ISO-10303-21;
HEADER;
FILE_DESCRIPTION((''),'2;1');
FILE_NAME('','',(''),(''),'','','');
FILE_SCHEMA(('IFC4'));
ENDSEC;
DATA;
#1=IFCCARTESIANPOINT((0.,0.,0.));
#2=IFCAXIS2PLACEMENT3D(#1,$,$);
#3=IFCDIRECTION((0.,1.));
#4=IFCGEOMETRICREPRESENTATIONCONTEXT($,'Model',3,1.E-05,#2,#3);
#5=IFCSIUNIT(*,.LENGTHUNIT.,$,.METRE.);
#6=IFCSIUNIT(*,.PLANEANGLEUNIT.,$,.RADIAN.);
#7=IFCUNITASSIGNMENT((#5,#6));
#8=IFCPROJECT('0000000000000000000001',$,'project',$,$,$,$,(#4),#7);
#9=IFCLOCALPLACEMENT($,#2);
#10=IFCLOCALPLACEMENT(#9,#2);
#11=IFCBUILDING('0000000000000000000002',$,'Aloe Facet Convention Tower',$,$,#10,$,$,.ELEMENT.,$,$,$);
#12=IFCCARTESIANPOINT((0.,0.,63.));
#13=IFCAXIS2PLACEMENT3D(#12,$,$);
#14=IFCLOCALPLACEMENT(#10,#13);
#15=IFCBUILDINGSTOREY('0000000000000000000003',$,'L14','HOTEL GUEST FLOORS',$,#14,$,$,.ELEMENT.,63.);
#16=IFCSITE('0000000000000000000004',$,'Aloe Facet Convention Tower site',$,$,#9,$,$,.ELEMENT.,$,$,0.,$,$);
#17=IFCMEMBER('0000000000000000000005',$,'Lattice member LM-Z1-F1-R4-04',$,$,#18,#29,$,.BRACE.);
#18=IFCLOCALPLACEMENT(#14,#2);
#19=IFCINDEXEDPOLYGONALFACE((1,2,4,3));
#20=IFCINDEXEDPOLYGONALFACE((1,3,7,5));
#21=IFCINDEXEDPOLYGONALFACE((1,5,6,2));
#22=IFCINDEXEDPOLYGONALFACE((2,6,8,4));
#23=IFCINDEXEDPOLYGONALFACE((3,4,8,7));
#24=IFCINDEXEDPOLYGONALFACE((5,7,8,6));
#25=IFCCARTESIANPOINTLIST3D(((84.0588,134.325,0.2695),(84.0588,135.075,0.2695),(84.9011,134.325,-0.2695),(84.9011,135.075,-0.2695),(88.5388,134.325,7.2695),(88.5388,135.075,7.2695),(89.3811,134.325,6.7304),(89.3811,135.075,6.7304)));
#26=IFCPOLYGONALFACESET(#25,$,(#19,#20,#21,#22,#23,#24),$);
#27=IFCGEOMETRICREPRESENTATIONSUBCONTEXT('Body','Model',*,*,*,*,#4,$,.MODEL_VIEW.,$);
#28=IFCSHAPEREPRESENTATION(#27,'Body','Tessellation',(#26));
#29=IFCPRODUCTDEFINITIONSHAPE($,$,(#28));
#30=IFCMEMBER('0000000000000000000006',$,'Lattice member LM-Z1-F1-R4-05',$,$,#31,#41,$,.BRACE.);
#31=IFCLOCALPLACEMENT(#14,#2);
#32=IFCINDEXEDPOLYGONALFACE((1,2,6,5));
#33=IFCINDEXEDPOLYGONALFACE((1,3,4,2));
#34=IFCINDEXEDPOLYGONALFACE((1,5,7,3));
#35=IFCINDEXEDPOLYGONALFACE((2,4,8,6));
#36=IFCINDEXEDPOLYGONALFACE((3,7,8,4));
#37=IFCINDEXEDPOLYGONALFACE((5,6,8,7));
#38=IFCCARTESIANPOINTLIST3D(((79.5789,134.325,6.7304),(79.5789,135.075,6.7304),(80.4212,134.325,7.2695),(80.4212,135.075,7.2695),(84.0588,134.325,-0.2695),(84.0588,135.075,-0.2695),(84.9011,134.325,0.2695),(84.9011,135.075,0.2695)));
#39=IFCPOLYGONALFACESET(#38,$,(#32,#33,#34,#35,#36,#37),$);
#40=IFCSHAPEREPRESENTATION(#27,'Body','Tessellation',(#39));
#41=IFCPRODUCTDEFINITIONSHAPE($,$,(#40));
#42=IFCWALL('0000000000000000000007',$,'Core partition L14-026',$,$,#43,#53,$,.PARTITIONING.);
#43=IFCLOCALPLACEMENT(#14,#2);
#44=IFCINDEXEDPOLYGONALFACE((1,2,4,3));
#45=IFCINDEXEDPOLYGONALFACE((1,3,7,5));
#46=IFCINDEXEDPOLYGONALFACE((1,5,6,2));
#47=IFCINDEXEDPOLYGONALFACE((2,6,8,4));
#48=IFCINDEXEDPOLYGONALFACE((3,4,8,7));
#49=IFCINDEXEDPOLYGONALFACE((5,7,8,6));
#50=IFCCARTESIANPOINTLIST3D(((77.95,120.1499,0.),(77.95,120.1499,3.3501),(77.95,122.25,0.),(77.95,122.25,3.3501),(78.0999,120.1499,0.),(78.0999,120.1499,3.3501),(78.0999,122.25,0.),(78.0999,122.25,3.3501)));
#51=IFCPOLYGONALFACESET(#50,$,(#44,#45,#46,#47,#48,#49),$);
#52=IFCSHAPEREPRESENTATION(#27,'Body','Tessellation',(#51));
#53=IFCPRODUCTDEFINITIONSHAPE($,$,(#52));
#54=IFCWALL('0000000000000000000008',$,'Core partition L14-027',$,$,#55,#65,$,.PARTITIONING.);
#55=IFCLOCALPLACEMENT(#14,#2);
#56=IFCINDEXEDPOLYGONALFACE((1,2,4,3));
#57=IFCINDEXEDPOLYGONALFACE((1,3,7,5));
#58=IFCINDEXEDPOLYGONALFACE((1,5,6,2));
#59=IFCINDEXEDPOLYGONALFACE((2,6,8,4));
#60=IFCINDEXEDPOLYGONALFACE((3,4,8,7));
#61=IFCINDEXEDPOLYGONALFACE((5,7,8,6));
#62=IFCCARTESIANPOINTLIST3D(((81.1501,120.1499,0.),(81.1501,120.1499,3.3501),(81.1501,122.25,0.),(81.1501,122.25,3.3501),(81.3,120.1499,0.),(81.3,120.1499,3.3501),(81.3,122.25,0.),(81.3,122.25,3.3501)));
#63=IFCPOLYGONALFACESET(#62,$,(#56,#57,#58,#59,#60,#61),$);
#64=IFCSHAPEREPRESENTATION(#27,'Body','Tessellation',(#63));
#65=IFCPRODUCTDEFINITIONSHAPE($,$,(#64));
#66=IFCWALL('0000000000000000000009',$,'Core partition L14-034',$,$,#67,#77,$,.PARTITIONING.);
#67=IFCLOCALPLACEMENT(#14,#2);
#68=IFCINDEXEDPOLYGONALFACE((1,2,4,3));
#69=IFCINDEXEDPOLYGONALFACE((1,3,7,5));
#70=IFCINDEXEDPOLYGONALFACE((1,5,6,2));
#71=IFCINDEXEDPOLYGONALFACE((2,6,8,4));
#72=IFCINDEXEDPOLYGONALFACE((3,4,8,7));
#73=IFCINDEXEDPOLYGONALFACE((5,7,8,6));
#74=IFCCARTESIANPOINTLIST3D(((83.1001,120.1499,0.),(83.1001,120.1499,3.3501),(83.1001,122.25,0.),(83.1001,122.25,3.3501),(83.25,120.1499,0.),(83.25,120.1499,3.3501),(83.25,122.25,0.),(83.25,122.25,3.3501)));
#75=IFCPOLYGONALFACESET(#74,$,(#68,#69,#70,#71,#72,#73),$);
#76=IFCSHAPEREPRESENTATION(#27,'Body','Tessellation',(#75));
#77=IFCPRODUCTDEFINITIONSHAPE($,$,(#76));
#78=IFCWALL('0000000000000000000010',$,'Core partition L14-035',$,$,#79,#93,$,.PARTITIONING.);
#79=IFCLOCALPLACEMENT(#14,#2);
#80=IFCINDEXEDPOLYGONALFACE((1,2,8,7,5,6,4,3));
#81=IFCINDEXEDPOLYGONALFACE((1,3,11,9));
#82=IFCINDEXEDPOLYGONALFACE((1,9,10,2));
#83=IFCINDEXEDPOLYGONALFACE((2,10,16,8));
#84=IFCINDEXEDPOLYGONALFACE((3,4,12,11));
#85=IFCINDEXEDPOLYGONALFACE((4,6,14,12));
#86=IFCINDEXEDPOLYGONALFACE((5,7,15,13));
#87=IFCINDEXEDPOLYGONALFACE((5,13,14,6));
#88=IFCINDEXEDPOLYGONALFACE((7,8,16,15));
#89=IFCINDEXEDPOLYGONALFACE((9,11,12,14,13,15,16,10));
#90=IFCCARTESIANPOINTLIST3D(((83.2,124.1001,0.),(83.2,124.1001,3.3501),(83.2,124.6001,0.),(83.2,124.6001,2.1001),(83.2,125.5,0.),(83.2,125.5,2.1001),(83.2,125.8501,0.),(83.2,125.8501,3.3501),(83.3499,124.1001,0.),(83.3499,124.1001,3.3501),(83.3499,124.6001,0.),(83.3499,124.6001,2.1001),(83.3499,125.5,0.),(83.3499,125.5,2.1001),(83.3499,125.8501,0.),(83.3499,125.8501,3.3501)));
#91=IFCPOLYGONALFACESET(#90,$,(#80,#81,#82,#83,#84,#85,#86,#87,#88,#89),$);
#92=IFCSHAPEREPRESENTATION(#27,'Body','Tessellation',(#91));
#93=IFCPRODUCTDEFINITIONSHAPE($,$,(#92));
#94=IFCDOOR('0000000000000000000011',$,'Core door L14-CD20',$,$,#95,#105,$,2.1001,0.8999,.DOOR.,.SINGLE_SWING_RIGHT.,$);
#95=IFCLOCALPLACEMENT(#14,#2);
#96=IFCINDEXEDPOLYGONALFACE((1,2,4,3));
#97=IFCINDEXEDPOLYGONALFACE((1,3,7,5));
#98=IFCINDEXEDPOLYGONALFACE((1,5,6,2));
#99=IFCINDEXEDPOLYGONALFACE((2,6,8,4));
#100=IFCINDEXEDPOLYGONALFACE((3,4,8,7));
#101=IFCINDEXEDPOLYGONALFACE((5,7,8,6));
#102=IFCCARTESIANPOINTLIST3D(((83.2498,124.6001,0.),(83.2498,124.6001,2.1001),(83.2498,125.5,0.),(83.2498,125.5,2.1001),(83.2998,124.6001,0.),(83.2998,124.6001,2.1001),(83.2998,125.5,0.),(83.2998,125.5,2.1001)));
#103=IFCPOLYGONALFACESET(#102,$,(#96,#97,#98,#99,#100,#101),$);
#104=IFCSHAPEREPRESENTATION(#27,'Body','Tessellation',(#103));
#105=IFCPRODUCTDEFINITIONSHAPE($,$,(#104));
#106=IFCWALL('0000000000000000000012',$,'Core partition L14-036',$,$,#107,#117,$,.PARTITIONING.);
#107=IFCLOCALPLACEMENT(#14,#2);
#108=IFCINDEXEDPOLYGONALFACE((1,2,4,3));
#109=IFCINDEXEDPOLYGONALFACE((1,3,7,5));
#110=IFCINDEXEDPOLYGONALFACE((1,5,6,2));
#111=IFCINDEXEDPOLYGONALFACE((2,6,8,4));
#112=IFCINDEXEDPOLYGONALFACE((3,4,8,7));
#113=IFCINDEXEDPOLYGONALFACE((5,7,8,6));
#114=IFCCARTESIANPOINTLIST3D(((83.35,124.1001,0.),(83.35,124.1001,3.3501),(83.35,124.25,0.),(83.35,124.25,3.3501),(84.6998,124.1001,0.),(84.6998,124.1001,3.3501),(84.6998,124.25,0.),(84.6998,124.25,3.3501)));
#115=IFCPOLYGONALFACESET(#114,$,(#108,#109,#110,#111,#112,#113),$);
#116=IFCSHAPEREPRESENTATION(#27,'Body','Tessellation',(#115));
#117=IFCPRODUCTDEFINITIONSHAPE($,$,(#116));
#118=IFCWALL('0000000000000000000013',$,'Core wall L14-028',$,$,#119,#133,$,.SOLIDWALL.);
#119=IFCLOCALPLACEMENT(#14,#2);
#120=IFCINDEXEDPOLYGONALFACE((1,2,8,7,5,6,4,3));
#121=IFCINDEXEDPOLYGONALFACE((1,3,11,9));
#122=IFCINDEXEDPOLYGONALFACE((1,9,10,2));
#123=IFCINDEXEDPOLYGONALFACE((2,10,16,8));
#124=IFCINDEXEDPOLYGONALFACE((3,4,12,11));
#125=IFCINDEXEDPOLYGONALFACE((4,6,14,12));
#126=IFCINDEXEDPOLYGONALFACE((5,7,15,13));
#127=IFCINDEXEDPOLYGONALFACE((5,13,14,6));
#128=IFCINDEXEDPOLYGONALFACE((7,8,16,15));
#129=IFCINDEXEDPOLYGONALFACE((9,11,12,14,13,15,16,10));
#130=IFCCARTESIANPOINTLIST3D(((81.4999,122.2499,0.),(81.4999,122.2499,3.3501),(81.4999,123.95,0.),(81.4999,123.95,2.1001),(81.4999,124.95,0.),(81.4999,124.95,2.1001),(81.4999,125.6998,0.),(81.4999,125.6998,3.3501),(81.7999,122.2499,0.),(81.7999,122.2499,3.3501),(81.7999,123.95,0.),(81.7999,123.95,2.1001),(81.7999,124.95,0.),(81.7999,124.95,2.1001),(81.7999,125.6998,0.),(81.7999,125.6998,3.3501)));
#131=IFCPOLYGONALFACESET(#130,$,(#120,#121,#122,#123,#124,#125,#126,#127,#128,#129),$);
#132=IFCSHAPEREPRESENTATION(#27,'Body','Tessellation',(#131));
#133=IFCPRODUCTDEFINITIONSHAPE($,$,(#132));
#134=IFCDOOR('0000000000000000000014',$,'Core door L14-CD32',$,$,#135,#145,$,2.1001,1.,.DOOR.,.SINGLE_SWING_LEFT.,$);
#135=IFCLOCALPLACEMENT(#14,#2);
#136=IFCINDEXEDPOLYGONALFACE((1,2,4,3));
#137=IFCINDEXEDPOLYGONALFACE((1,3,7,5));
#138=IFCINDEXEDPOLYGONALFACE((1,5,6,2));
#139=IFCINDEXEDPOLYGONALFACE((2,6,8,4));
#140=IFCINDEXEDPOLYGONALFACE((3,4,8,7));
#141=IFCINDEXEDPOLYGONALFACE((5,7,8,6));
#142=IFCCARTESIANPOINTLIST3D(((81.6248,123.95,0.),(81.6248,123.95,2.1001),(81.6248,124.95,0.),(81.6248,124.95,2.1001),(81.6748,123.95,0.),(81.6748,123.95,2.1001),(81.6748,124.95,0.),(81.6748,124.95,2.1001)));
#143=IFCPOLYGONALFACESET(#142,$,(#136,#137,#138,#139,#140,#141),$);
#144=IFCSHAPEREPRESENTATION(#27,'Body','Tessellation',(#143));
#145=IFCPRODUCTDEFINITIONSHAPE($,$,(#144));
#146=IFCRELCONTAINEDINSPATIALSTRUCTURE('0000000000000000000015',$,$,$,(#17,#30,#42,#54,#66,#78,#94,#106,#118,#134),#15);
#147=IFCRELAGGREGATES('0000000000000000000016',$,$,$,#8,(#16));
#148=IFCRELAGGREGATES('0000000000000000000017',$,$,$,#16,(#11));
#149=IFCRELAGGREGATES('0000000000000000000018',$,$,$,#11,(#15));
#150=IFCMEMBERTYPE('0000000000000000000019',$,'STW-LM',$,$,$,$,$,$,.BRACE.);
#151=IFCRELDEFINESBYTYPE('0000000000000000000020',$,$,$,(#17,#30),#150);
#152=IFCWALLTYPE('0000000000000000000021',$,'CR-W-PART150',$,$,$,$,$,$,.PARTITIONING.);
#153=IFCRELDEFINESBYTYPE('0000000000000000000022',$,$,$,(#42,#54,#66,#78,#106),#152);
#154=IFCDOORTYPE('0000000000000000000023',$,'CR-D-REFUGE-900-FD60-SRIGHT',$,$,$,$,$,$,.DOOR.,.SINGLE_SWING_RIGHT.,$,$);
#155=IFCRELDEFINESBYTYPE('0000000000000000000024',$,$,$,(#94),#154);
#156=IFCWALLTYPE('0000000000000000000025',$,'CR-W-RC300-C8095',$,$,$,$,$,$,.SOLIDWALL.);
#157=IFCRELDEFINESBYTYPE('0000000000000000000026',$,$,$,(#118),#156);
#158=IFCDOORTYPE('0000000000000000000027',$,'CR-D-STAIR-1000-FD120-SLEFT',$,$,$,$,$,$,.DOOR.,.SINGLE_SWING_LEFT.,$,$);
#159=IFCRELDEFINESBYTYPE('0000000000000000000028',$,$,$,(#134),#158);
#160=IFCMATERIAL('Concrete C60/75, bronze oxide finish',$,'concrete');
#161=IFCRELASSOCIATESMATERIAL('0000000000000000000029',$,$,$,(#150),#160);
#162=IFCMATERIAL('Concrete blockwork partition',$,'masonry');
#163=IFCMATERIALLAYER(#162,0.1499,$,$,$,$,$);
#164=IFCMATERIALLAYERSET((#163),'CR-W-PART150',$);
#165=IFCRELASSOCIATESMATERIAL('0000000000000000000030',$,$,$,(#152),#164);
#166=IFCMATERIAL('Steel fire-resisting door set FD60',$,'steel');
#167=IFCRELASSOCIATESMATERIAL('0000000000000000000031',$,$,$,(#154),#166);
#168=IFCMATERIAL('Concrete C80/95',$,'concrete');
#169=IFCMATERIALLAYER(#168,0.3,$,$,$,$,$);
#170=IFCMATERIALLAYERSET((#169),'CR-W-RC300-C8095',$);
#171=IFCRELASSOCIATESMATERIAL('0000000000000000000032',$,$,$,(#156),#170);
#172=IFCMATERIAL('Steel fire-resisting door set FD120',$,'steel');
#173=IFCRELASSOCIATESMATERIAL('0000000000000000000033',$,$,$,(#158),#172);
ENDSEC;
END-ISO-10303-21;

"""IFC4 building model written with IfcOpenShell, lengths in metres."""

from ifc_helpers import new_model, si_unit, direction, frame, frame_2d, origin, origin_2d, place, context, subcontext, project, spatial, rectangle, extrude, material, layer, layer_set, material_profile, profile_set, type_object, element, fill, save


model = new_model("IFC4")

# Units and contexts
model_context = context("Model", 3, precision=1e-05, world=origin(), true_north=direction((0.0, 1.0)))
body_context = subcontext(model_context, "Body", "Model", "MODEL_VIEW")
ifc_project = project(units=[si_unit("LENGTHUNIT", "METRE"), si_unit("PLANEANGLEUNIT", "RADIAN")], contexts=[model_context])

# Site, building, storey
site_placement = place(None, origin())
site = spatial("IfcSite", under=ifc_project, at=site_placement, Name="Aloe Facet Convention Tower site", CompositionType="ELEMENT", RefElevation=0.0)
building_placement = place(site_placement, origin())
building = spatial("IfcBuilding", under=site, at=building_placement, Name="Aloe Facet Convention Tower", CompositionType="ELEMENT")
storey_placement = place(building_placement, frame((0.0, 0.0, 63.0)))
storey = spatial("IfcBuildingStorey", under=building, at=storey_placement, Name="L14", Description="HOTEL GUEST FLOORS", CompositionType="ELEMENT", Elevation=63.0)

# Members
ifc_material_1 = material(Name="Concrete C60/75, bronze oxide finish", Category="concrete")
ifc_material_profile = material_profile(ifc_material_1, rectangle(XDim=0.75, YDim=1.0, at=origin_2d()), Name="STW-LM")
ifc_profile_set = profile_set([ifc_material_profile], Name="Concrete C60/75, bronze oxide finish")
member_type = type_object("IfcMemberType", Name="STW-LM", PredefinedType="BRACE", material=ifc_profile_set)
for number, where, z_axis, x_axis, name in (
    (1, (84.48, 134.7, 0.0), (0.539052, 0.0, 0.842272), (0.0, 1.0, 0.0), "Lattice member LM-Z1-F1-R4-04"),
    (2, (84.48, 134.7, 0.0), (-0.539052, 0.0, 0.842272), (0.0, -1.0, 0.0), "Lattice member LM-Z1-F1-R4-05"),
):
    element("IfcMember", number, at=place(storey_placement, frame(where, z_axis=z_axis, x_axis=x_axis)), inside=storey, type_object=member_type, Name=name, PredefinedType="BRACE", context=body_context, shape_type="SweptSolid", body=[
        extrude(rectangle(XDim=0.75, YDim=1.0, at=origin_2d()), origin(), (0.0, 0.0, 1.0), 8.3108),
    ])

# Walls
ifc_material_2 = material(Name="Concrete blockwork partition", Category="masonry")
ifc_layer_1 = layer(ifc_material_2, 0.1499)
ifc_layer_set_1 = layer_set([ifc_layer_1], Name="CR-W-PART150")
wall_type_1 = type_object("IfcWallType", Name="CR-W-PART150", PredefinedType="PARTITIONING", material=ifc_layer_set_1)
for number, where, z_axis, x_axis, name in (
    (3, (78.0249, 122.25, 0.0), (0.0, 0.0, 1.0), (0.0, -1.0, 0.0), "Core partition L14-026"),
    (4, (81.2251, 122.25, 0.0), (0.0, 0.0, 1.0), (0.0, -1.0, 0.0), "Core partition L14-027"),
    (5, (83.175, 122.25, 0.0), (0.0, 0.0, 1.0), (0.0, -1.0, 0.0), "Core partition L14-034"),
):
    element("IfcWall", number, at=place(storey_placement, frame(where, z_axis=z_axis, x_axis=x_axis)), inside=storey, type_object=wall_type_1, Name=name, PredefinedType="PARTITIONING", context=body_context, shape_type="SweptSolid", body=[
        extrude(rectangle(XDim=2.1001, YDim=0.1499, at=frame_2d((1.05, 0.0))), origin(), (0.0, 0.0, 1.0), 3.3501),
    ])

# Wall, opening, door
wall_1_placement = place(storey_placement, frame((83.2749, 125.8501, 0.0), z_axis=(0.0, 0.0, 1.0), x_axis=(0.0, -1.0, 0.0)))
wall_1 = element("IfcWall", 6, at=wall_1_placement, inside=storey, type_object=wall_type_1, Name="Core partition L14-035", PredefinedType="PARTITIONING", context=body_context, shape_type="SweptSolid", body=[
    extrude(rectangle(XDim=1.75, YDim=0.1499, at=frame_2d((0.875, 0.0))), origin(), (0.0, 0.0, 1.0), 3.3501),
])
opening_1_placement = place(wall_1_placement, frame((0.3501, 0.0, 0.0)))
opening_1 = element("IfcOpeningElement", 7, at=opening_1_placement, cuts=wall_1, PredefinedType="OPENING", context=body_context, shape_type="SweptSolid", body=[
    extrude(rectangle(XDim=0.8999, YDim=2.1001, at=frame_2d((0.45, 1.05))), frame((0.0, 0.085, 0.0), z_axis=(0.0, -1.0, 0.0), x_axis=(1.0, 0.0, 0.0)), (0.0, 0.0, 1.0), 0.1699),
])
ifc_material_3 = material(Name="Steel fire-resisting door set FD60", Category="steel")
door_type_1 = type_object("IfcDoorType", Name="CR-D-REFUGE-900-FD60-SRIGHT", OperationType="SINGLE_SWING_RIGHT", PredefinedType="DOOR", material=ifc_material_3)
door_1_placement = place(opening_1_placement, origin())
door_1 = element("IfcDoor", 8, at=door_1_placement, inside=storey, type_object=door_type_1, Name="Core door L14-CD20", OperationType="SINGLE_SWING_RIGHT", OverallHeight=2.1001, OverallWidth=0.8999, PredefinedType="DOOR", context=body_context, shape_type="SweptSolid", body=[
    extrude(rectangle(XDim=0.8999, YDim=2.1001, at=frame_2d((0.45, 1.05))), frame((0.0, 0.0249, 0.0), z_axis=(0.0, -1.0, 0.0), x_axis=(1.0, 0.0, 0.0)), (0.0, 0.0, 1.0), 0.05),
])
fill(opening_1, door_1)

# Wall
wall_2_placement = place(storey_placement, frame((83.3501, 124.175, 0.0), z_axis=(0.0, 0.0, 1.0), x_axis=(1.0, 0.0, 0.0)))
element("IfcWall", 9, at=wall_2_placement, inside=storey, type_object=wall_type_1, Name="Core partition L14-036", PredefinedType="PARTITIONING", context=body_context, shape_type="SweptSolid", body=[
    extrude(rectangle(XDim=1.3499, YDim=0.1499, at=frame_2d((0.6748, 0.0))), origin(), (0.0, 0.0, 1.0), 3.3501),
])

# Wall, opening, door
ifc_material_4 = material(Name="Concrete C80/95", Category="concrete")
ifc_layer_2 = layer(ifc_material_4, 0.3)
ifc_layer_set_2 = layer_set([ifc_layer_2], Name="CR-W-RC300-C8095")
wall_type_2 = type_object("IfcWallType", Name="CR-W-RC300-C8095", PredefinedType="SOLIDWALL", material=ifc_layer_set_2)
wall_3_placement = place(storey_placement, frame((81.6499, 125.7, 0.0), z_axis=(0.0, 0.0, 1.0), x_axis=(0.0, -1.0, 0.0)))
wall_3 = element("IfcWall", 10, at=wall_3_placement, inside=storey, type_object=wall_type_2, Name="Core wall L14-028", PredefinedType="SOLIDWALL", context=body_context, shape_type="SweptSolid", body=[
    extrude(rectangle(XDim=3.45, YDim=0.3, at=frame_2d((1.7251, 0.0))), origin(), (0.0, 0.0, 1.0), 3.3501),
])
opening_2_placement = place(wall_3_placement, frame((0.75, 0.0, 0.0)))
opening_2 = element("IfcOpeningElement", 11, at=opening_2_placement, cuts=wall_3, PredefinedType="OPENING", context=body_context, shape_type="SweptSolid", body=[
    extrude(rectangle(XDim=1.0, YDim=2.1001, at=frame_2d((0.5, 1.05))), frame((0.0, 0.1602, 0.0), z_axis=(0.0, -1.0, 0.0), x_axis=(1.0, 0.0, 0.0)), (0.0, 0.0, 1.0), 0.3201),
])
ifc_material_5 = material(Name="Steel fire-resisting door set FD120", Category="steel")
door_type_2 = type_object("IfcDoorType", Name="CR-D-STAIR-1000-FD120-SLEFT", OperationType="SINGLE_SWING_LEFT", PredefinedType="DOOR", material=ifc_material_5)
door_2_placement = place(opening_2_placement, origin())
door_2 = element("IfcDoor", 12, at=door_2_placement, inside=storey, type_object=door_type_2, Name="Core door L14-CD32", OperationType="SINGLE_SWING_LEFT", OverallHeight=2.1001, OverallWidth=1.0, PredefinedType="DOOR", context=body_context, shape_type="SweptSolid", body=[
    extrude(rectangle(XDim=1.0, YDim=2.1001, at=frame_2d((0.5, 1.05))), frame((0.0, 0.0249, 0.0), z_axis=(0.0, -1.0, 0.0), x_axis=(1.0, 0.0, 0.0)), (0.0, 0.0, 1.0), 0.05),
])
fill(opening_2, door_2)

save(model, "model.ifc")
